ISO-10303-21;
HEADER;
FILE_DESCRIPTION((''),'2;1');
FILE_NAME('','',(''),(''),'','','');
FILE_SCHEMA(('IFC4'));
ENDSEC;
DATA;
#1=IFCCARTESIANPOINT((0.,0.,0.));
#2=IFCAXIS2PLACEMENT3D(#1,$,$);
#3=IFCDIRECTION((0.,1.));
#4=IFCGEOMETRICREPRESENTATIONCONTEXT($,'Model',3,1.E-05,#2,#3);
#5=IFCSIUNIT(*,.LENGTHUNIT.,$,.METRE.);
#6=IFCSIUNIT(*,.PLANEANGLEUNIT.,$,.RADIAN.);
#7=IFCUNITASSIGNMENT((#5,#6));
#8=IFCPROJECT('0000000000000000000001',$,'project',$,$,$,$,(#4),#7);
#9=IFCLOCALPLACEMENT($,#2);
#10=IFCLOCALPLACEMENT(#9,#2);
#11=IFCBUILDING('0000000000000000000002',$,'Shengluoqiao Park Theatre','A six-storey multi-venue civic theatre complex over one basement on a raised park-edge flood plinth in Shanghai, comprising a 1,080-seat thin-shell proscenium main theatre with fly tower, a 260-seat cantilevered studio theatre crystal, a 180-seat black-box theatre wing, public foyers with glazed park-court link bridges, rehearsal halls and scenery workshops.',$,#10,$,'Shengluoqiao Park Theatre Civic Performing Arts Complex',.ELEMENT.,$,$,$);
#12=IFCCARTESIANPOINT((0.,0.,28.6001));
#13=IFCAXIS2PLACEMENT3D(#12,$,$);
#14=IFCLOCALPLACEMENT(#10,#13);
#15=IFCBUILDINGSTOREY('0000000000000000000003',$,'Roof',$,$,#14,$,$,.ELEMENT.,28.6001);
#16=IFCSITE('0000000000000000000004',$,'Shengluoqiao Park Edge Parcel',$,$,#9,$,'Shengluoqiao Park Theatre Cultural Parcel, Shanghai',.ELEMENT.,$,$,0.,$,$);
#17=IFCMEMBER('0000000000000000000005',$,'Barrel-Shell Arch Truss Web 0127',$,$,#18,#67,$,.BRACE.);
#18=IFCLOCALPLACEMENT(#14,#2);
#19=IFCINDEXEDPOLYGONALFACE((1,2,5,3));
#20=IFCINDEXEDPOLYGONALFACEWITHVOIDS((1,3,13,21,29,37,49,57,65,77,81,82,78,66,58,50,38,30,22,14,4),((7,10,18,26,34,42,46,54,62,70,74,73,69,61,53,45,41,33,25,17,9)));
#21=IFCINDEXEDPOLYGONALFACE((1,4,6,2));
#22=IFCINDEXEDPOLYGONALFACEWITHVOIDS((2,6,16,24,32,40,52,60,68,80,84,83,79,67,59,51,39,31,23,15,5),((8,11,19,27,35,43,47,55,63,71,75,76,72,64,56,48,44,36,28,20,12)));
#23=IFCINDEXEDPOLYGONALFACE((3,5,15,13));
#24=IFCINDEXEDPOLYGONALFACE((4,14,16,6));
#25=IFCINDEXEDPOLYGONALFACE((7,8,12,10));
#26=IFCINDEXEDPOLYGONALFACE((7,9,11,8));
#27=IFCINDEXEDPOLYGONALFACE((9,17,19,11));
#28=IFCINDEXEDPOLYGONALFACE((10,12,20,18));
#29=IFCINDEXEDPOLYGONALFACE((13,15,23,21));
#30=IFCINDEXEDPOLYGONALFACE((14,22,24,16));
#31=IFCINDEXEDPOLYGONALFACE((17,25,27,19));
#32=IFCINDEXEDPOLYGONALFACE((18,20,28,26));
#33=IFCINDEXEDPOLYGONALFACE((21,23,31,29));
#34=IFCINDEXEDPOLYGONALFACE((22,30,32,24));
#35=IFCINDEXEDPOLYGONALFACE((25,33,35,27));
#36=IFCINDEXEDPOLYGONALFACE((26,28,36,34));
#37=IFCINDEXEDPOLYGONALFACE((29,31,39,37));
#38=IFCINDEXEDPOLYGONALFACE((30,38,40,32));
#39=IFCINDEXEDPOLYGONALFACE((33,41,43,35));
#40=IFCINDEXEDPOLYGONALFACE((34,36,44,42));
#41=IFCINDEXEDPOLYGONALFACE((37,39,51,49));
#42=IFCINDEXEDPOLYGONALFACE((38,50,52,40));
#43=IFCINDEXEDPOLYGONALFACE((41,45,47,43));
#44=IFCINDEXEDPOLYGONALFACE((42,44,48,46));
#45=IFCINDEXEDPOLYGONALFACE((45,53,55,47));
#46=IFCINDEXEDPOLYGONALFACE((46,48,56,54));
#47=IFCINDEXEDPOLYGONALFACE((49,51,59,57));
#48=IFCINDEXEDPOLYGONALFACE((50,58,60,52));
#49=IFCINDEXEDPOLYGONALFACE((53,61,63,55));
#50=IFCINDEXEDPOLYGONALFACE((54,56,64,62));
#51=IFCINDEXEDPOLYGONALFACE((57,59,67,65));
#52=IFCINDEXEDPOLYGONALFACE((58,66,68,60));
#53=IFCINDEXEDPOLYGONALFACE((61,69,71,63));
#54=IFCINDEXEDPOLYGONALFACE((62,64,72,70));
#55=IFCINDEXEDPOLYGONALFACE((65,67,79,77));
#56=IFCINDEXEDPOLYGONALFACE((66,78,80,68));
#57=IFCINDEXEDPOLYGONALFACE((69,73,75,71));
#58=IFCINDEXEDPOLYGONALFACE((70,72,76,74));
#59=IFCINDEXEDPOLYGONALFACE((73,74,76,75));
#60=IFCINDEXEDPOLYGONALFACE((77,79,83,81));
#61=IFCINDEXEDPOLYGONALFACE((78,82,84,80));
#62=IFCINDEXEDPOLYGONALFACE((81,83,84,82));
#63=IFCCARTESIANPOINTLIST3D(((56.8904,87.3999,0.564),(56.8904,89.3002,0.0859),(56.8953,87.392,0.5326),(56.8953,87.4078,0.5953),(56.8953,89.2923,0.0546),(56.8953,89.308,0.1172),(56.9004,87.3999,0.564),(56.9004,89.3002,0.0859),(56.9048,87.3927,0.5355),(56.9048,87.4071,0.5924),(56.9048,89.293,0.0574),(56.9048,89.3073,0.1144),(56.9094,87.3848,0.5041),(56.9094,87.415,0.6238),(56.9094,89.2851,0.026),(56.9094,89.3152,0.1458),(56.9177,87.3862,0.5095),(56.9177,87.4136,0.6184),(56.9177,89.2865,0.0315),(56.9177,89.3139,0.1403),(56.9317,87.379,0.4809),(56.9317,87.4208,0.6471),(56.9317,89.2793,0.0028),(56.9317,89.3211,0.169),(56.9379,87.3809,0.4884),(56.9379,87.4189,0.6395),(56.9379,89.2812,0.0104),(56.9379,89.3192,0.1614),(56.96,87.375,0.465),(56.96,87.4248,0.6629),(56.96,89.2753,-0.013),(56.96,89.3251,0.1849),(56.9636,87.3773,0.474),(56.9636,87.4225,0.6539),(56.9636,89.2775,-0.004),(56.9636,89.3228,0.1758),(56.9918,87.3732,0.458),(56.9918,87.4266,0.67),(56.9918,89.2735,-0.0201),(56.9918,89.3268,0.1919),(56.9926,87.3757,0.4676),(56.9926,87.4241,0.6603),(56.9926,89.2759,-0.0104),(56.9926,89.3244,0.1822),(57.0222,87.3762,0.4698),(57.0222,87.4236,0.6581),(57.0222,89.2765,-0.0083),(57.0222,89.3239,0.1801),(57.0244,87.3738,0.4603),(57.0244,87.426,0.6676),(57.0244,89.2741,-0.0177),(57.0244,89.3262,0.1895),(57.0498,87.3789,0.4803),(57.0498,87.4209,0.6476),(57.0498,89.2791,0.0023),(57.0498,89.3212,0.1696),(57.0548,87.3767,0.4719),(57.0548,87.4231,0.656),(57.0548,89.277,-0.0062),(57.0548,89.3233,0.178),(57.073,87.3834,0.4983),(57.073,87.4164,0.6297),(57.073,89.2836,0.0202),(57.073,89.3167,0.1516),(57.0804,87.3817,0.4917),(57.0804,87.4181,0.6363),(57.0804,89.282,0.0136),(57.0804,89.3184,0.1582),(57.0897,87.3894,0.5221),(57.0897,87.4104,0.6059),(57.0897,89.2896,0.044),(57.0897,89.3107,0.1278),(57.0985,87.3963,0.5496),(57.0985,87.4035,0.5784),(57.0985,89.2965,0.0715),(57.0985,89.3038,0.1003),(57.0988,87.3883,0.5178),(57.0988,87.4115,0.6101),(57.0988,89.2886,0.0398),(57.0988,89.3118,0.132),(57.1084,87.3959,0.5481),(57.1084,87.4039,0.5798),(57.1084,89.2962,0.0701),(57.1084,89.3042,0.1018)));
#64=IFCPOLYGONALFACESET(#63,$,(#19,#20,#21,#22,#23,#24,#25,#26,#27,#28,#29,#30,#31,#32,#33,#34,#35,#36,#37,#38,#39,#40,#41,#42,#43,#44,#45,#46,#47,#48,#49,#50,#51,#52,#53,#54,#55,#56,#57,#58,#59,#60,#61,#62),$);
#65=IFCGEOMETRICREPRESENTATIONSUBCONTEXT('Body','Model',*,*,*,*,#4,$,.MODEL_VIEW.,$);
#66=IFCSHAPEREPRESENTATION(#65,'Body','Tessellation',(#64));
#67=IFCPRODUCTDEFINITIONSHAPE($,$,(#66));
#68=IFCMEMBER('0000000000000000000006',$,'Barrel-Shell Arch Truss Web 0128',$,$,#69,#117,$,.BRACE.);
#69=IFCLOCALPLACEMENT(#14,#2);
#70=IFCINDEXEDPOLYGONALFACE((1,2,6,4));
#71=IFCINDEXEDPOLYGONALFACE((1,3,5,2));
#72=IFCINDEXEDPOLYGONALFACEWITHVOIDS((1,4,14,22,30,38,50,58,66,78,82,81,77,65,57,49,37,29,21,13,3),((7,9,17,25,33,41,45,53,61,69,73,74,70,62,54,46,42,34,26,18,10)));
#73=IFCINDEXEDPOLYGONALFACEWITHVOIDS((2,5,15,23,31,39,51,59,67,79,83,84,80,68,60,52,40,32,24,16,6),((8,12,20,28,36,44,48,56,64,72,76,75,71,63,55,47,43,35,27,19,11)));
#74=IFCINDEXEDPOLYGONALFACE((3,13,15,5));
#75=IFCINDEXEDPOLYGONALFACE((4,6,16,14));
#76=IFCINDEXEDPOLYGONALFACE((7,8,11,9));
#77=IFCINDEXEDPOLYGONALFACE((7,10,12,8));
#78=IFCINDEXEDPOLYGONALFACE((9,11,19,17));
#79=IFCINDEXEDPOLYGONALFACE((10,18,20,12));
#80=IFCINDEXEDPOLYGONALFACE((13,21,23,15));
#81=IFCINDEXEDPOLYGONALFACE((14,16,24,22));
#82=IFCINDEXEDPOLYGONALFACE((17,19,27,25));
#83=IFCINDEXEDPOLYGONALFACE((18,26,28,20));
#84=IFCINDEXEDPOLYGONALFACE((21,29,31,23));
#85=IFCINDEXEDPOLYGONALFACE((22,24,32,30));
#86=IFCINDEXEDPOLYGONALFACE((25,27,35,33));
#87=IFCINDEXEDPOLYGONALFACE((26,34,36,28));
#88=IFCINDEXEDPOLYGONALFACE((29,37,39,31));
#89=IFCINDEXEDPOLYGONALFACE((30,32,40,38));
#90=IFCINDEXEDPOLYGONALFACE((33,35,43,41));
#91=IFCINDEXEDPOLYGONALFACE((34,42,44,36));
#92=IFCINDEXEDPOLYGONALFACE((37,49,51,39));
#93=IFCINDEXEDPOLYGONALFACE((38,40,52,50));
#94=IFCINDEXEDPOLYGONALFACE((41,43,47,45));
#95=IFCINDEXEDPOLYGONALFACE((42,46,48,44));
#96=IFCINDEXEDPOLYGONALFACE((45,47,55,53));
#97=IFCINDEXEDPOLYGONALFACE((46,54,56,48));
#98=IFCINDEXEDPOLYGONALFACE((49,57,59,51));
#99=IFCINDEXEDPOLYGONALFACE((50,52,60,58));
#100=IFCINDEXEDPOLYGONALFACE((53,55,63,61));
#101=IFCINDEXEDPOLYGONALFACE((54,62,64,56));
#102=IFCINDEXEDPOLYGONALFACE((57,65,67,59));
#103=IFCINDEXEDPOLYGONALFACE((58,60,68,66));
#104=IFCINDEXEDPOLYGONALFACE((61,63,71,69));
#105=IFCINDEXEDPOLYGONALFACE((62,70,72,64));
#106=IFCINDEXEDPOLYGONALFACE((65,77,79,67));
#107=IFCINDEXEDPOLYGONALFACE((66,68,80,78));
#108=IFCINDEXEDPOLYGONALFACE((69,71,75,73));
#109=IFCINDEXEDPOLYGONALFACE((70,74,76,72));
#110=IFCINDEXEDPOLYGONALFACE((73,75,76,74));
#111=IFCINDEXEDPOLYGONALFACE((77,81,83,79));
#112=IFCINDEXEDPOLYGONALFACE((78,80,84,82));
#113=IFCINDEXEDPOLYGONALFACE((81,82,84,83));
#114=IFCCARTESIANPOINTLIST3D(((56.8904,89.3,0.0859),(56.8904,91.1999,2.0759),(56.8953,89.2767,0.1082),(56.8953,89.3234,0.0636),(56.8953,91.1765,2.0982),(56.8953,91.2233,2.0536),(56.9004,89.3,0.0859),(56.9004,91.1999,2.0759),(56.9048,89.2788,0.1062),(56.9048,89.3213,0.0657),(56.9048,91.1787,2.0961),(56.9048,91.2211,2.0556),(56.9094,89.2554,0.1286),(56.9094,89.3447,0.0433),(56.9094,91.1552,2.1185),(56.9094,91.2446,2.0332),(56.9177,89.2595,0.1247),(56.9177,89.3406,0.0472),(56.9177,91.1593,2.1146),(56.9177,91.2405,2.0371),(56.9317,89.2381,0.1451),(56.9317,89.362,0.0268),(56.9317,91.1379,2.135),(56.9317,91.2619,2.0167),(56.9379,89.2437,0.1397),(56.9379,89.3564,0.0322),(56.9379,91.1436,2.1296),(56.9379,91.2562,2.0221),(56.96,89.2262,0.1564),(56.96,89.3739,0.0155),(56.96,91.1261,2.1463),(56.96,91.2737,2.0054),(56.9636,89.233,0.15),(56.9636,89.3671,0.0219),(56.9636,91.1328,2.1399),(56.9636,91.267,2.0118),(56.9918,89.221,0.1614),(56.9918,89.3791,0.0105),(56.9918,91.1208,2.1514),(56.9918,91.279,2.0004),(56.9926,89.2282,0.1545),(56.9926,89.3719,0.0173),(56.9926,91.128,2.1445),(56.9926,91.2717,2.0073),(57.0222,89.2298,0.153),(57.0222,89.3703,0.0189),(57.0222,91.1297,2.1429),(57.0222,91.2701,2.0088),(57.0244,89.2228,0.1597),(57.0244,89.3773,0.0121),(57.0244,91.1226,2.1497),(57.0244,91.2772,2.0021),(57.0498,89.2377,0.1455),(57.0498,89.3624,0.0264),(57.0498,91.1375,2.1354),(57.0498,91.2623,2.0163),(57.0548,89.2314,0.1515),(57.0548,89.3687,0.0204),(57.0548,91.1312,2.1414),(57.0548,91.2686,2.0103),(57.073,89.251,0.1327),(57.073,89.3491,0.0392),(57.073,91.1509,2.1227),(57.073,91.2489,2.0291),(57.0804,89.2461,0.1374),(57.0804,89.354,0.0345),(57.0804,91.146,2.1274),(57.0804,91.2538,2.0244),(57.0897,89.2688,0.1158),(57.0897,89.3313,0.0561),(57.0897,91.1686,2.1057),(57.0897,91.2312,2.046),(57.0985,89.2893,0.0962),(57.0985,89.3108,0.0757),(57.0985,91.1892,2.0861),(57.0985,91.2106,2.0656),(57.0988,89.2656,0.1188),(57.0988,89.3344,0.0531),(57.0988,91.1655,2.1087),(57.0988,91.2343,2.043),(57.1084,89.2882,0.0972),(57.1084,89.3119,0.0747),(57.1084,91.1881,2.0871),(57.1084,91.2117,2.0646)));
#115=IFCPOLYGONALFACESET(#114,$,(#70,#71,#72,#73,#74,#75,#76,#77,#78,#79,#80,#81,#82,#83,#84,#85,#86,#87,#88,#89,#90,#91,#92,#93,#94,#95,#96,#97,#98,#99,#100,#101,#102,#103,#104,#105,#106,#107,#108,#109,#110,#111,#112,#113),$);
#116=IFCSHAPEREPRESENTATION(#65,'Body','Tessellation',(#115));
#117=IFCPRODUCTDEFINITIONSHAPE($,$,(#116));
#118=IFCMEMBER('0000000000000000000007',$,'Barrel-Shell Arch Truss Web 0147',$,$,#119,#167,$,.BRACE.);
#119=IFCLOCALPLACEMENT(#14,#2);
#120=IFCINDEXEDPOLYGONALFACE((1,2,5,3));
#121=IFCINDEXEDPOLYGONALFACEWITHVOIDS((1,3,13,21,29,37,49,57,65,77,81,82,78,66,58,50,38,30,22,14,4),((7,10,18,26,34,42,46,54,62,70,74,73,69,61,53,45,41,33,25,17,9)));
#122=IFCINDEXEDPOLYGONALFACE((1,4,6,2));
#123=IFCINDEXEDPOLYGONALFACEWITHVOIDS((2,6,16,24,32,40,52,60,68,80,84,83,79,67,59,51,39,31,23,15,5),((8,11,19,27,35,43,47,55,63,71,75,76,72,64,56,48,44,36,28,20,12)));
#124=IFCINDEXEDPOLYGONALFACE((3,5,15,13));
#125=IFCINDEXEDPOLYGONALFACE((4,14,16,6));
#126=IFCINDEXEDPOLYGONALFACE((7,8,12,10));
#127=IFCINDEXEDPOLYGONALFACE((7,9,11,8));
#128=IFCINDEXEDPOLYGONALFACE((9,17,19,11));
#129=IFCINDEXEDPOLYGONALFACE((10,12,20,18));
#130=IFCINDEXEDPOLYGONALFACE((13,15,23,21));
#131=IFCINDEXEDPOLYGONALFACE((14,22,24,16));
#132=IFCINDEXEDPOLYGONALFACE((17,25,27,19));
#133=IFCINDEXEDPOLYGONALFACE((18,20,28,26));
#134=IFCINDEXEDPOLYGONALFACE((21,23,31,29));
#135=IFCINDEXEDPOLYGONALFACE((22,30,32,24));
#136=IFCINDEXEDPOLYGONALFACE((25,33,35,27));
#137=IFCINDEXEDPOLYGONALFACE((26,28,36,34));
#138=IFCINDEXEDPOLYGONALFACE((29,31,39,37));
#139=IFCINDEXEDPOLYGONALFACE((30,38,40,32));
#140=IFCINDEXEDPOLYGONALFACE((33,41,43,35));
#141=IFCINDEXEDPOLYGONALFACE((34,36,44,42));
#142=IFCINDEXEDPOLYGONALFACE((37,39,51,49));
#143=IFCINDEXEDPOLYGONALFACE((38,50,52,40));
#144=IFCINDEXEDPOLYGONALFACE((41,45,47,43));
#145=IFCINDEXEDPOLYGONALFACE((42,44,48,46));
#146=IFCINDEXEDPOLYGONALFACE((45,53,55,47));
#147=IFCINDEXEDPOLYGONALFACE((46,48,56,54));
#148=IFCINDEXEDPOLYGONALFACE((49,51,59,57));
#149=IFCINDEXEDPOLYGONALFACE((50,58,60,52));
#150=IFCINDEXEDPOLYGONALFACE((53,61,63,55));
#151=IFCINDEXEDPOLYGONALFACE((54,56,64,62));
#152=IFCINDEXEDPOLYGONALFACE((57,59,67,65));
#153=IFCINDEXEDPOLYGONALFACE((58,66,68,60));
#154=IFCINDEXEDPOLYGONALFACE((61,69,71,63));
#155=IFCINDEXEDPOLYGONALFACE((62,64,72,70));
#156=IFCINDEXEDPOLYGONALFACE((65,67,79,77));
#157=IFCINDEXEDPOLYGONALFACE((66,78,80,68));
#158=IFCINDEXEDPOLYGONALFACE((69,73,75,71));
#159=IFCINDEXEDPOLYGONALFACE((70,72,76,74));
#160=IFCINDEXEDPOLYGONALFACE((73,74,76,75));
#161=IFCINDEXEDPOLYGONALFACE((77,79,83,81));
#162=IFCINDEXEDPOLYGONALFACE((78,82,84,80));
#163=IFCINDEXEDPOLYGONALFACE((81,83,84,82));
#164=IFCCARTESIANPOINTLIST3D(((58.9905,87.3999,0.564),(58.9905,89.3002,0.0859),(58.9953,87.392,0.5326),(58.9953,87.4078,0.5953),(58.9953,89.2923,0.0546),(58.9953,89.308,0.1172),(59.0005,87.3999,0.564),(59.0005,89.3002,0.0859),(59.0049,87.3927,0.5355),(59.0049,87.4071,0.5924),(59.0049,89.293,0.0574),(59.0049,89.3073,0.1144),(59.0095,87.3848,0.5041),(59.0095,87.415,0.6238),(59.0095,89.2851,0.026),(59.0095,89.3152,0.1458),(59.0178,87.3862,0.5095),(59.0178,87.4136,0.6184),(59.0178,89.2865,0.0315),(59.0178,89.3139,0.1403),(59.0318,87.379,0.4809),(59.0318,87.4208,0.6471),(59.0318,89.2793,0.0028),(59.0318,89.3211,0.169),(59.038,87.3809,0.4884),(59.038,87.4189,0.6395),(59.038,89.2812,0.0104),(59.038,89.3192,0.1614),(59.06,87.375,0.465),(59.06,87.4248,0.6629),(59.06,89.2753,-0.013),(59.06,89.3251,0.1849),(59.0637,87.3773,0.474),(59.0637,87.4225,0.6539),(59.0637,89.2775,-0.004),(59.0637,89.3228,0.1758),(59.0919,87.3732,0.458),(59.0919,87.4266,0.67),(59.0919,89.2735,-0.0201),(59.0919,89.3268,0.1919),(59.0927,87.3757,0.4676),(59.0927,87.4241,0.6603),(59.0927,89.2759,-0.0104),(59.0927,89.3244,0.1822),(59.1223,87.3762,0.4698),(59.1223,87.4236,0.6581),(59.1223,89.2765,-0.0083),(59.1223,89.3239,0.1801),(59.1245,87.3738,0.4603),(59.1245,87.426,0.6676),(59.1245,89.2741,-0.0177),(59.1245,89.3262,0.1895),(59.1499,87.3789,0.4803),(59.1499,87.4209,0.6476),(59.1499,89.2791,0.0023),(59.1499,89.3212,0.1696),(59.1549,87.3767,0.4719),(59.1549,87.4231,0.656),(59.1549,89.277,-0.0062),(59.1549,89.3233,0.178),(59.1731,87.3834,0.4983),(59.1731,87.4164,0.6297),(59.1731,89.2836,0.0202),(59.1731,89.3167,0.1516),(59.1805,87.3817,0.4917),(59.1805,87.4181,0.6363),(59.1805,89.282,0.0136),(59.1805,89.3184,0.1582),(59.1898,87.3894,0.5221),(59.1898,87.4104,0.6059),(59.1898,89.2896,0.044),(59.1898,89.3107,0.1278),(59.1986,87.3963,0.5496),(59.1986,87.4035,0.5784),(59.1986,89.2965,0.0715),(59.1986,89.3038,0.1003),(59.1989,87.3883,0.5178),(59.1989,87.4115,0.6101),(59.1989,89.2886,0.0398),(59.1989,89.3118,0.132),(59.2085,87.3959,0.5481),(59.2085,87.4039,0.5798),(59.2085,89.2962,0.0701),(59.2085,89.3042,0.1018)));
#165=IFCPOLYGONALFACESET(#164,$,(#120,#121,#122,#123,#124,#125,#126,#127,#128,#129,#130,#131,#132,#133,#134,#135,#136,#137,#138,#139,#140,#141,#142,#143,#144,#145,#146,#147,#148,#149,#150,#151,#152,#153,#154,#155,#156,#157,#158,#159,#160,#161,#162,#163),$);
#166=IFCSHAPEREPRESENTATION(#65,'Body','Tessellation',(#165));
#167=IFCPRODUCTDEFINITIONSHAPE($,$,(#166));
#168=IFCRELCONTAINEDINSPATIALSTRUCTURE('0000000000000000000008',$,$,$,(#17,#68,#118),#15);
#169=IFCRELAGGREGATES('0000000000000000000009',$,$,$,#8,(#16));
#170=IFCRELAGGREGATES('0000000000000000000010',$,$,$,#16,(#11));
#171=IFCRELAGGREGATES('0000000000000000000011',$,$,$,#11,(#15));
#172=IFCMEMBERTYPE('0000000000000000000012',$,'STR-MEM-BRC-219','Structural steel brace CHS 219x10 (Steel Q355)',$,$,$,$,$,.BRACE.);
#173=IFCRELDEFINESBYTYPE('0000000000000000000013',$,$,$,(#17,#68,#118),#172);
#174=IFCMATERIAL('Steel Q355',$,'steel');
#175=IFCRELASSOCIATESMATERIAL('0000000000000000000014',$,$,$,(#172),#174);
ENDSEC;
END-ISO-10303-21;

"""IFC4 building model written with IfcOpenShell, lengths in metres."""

from ifc_helpers import new_model, si_unit, direction, frame, origin, origin_2d, place, context, subcontext, project, spatial, hollow_circle, extrude, material, material_profile, profile_set, type_object, element, save


model = new_model("IFC4")

# Units and contexts
model_context = context("Model", 3, precision=1e-05, world=origin(), true_north=direction((0.0, 1.0)))
body_context = subcontext(model_context, "Body", "Model", "MODEL_VIEW")
ifc_project = project(units=[si_unit("LENGTHUNIT", "METRE"), si_unit("PLANEANGLEUNIT", "RADIAN")], contexts=[model_context])

# Site, building, storey
site_placement = place(None, origin())
site = spatial("IfcSite", under=ifc_project, at=site_placement, Name="Shengluoqiao Park Edge Parcel", LongName="Shengluoqiao Park Theatre Cultural Parcel, Shanghai", CompositionType="ELEMENT", RefElevation=0.0)
building_placement = place(site_placement, origin())
building = spatial("IfcBuilding", under=site, at=building_placement, Name="Shengluoqiao Park Theatre", Description="A six-storey multi-venue civic theatre complex over one basement on a raised park-edge flood plinth in Shanghai, comprising a 1,080-seat thin-shell proscenium main theatre with fly tower, a 260-seat cantilevered studio theatre crystal, a 180-seat black-box theatre wing, public foyers with glazed park-court link bridges, rehearsal halls and scenery workshops.", LongName="Shengluoqiao Park Theatre Civic Performing Arts Complex", CompositionType="ELEMENT")
storey_placement = place(building_placement, frame((0.0, 0.0, 28.6001)))
storey = spatial("IfcBuildingStorey", under=building, at=storey_placement, Name="Roof", CompositionType="ELEMENT", Elevation=28.6001)

# Shared definitions
ifc_material_1 = material(Name="Steel Q355", Category="steel")

# Members
ifc_material_profile_1 = material_profile(ifc_material_1, hollow_circle(Radius=0.1096, WallThickness=0.01, at=origin_2d()), Name="CHS 219x10")
ifc_profile_set_1 = profile_set([ifc_material_profile_1], Name="Steel Q355")
member_type_1 = type_object("IfcMemberType", Name="STR-MEM-BRC-219", Description="Structural steel brace CHS 219x10 (Steel Q355)", PredefinedType="BRACE", material=ifc_profile_set_1)
member_1_placement = place(storey_placement, frame((57.0, 87.3999, 0.564), z_axis=(0.0, 0.969782, -0.243972), x_axis=(-1.0, 0.0, 0.0)))
element("IfcMember", 1, at=member_1_placement, inside=storey, type_object=member_type_1, Name="Barrel-Shell Arch Truss Web 0127", PredefinedType="BRACE", context=body_context, shape_type="SweptSolid", body=[
    extrude(hollow_circle(Radius=0.1096, WallThickness=0.01, at=origin_2d()), origin(), (0.0, 0.0, 1.0), 1.9595),
])
member_2_placement = place(storey_placement, frame((57.0, 89.3, 0.0859), z_axis=(0.0, 0.690545, 0.723289), x_axis=(-1.0, 0.0, 0.0)))
element("IfcMember", 2, at=member_2_placement, inside=storey, type_object=member_type_1, Name="Barrel-Shell Arch Truss Web 0128", PredefinedType="BRACE", context=body_context, shape_type="SweptSolid", body=[
    extrude(hollow_circle(Radius=0.1096, WallThickness=0.01, at=origin_2d()), origin(), (0.0, 0.0, 1.0), 2.7512),
])
member_3_placement = place(storey_placement, frame((59.1001, 87.3999, 0.564), z_axis=(0.0, 0.969782, -0.243972), x_axis=(-1.0, 0.0, 0.0)))
element("IfcMember", 3, at=member_3_placement, inside=storey, type_object=member_type_1, Name="Barrel-Shell Arch Truss Web 0147", PredefinedType="BRACE", context=body_context, shape_type="SweptSolid", body=[
    extrude(hollow_circle(Radius=0.1096, WallThickness=0.01, at=origin_2d()), origin(), (0.0, 0.0, 1.0), 1.9595),
])

save(model, "model.ifc")
